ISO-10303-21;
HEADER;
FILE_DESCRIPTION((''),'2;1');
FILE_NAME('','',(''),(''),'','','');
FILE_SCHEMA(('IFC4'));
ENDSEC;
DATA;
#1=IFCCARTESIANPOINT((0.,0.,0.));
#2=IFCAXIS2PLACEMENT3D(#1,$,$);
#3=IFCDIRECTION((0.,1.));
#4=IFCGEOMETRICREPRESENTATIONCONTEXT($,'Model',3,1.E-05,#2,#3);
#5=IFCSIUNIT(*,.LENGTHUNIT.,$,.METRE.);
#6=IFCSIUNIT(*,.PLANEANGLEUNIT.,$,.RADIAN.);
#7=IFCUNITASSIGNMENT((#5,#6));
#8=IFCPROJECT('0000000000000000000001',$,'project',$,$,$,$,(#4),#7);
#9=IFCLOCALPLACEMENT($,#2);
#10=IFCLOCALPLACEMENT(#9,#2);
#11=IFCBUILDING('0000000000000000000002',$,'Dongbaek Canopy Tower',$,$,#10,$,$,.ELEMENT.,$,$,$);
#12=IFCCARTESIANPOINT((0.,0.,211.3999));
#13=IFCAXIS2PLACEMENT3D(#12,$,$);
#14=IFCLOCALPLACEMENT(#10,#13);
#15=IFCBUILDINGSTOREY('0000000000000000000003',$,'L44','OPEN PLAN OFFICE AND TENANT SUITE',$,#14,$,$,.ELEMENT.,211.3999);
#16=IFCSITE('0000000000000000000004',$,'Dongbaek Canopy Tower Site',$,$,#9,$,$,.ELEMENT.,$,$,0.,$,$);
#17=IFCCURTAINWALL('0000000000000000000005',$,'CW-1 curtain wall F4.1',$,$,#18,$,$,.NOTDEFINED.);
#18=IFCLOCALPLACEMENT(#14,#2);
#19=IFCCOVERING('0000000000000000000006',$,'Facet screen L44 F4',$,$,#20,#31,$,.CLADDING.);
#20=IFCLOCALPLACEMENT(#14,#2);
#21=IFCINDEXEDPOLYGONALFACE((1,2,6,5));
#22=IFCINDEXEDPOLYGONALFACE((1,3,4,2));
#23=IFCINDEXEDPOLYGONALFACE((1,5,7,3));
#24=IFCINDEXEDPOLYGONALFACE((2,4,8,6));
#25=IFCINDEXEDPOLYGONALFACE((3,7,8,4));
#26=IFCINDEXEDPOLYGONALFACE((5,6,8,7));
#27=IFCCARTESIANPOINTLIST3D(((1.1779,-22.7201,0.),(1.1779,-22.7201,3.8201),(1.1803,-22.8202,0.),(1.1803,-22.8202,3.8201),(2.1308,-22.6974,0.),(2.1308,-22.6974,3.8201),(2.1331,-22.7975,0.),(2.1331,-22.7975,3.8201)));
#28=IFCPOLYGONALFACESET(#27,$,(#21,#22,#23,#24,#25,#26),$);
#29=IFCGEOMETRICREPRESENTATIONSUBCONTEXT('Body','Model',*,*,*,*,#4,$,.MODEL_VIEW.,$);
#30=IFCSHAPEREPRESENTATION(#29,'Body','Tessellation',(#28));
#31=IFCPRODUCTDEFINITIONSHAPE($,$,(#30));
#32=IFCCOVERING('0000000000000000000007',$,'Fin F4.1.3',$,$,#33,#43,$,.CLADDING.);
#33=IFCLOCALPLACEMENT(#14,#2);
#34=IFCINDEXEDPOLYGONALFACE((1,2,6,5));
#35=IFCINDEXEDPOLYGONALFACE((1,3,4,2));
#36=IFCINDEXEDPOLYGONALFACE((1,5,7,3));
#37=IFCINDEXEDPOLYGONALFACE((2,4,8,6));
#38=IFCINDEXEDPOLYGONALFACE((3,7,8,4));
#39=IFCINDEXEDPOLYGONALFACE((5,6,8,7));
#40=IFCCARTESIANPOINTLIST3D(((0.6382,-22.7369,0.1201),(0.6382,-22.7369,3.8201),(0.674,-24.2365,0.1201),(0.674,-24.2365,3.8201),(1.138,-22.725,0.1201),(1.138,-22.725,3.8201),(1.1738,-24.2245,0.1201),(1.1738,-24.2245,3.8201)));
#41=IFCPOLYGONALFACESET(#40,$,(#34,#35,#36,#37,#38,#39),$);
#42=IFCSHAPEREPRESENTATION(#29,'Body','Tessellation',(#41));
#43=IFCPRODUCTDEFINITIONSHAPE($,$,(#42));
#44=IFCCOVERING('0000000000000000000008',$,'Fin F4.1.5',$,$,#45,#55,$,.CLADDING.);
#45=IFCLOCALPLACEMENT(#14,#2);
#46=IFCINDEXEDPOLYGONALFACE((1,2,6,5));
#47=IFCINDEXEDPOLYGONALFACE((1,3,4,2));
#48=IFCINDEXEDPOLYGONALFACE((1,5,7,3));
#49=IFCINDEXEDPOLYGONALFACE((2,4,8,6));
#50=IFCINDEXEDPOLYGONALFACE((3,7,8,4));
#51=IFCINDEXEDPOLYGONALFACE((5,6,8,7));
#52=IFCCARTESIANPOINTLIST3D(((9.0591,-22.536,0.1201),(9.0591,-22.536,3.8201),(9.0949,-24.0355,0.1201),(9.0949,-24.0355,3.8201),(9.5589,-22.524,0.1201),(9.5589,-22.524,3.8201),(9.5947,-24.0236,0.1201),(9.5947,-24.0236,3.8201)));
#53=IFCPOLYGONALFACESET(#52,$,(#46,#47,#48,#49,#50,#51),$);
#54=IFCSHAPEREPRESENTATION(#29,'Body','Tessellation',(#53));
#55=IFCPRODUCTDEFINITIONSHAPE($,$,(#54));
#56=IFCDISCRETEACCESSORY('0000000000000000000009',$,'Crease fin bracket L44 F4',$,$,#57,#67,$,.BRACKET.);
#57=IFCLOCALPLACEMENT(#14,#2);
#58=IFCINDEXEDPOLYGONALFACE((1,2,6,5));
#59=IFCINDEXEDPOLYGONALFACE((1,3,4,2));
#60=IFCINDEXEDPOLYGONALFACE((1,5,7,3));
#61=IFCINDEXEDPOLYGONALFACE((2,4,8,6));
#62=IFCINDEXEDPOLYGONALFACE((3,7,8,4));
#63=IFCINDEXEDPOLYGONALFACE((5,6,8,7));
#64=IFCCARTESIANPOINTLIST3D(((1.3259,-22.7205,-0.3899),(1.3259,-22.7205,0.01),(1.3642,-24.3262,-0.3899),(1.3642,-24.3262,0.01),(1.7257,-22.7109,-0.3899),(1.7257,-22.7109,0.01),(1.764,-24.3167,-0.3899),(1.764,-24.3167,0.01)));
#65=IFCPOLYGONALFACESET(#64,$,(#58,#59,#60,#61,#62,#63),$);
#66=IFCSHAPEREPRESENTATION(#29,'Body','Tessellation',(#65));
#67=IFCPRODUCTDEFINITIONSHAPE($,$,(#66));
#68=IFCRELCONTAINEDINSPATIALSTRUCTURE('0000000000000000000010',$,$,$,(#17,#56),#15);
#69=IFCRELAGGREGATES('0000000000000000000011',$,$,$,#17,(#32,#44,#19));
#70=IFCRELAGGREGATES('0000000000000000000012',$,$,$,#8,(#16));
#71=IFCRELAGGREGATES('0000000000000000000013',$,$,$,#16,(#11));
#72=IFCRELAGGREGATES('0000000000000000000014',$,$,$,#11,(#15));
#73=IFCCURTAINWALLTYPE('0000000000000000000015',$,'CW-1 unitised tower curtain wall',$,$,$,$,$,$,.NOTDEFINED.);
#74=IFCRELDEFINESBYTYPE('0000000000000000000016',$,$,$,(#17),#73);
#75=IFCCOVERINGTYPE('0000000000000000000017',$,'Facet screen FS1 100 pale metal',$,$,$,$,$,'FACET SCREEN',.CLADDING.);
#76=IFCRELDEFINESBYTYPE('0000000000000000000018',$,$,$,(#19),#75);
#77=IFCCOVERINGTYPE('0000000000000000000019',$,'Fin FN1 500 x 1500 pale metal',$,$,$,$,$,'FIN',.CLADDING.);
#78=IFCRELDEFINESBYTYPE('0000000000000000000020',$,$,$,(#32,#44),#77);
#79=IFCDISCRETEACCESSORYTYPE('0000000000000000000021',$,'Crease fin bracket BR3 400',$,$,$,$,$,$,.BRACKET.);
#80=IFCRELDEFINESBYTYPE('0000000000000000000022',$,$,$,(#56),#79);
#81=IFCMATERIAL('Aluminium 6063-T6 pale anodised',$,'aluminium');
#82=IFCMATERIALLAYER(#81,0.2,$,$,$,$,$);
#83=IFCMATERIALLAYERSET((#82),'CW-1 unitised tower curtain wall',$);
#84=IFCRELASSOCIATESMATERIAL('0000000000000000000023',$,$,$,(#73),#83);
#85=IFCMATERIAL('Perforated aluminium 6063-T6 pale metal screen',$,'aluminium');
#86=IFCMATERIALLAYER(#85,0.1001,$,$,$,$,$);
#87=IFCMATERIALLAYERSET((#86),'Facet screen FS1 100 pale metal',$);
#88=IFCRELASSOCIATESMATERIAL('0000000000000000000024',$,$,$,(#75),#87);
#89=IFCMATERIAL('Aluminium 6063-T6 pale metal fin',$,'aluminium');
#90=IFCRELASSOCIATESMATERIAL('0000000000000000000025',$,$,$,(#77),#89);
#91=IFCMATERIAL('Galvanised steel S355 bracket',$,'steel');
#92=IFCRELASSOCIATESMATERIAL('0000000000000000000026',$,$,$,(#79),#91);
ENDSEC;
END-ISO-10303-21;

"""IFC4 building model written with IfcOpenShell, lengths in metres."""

from ifc_helpers import new_model, si_unit, direction, frame, origin, origin_2d, place, context, subcontext, project, spatial, rectangle, extrude, material, layer, layer_set, material_profile, profile_set, type_object, element, aggregate, save


model = new_model("IFC4")

# Units and contexts
model_context = context("Model", 3, precision=1e-05, world=origin(), true_north=direction((0.0, 1.0)))
body_context = subcontext(model_context, "Body", "Model", "MODEL_VIEW")
ifc_project = project(units=[si_unit("LENGTHUNIT", "METRE"), si_unit("PLANEANGLEUNIT", "RADIAN")], contexts=[model_context])

# Site, building, storey
site_placement = place(None, origin())
site = spatial("IfcSite", under=ifc_project, at=site_placement, Name="Dongbaek Canopy Tower Site", CompositionType="ELEMENT", RefElevation=0.0)
building_placement = place(site_placement, origin())
building = spatial("IfcBuilding", under=site, at=building_placement, Name="Dongbaek Canopy Tower", CompositionType="ELEMENT")
storey_placement = place(building_placement, frame((0.0, 0.0, 211.3999)))
storey = spatial("IfcBuildingStorey", under=building, at=storey_placement, Name="L44", Description="OPEN PLAN OFFICE AND TENANT SUITE", CompositionType="ELEMENT", Elevation=211.3999)

# Curtain wall
ifc_material_1 = material(Name="Aluminium 6063-T6 pale anodised", Category="aluminium")
ifc_layer_1 = layer(ifc_material_1, 0.2)
ifc_layer_set_1 = layer_set([ifc_layer_1], Name="CW-1 unitised tower curtain wall")
curtain_wall_type = type_object("IfcCurtainWallType", Name="CW-1 unitised tower curtain wall", PredefinedType="NOTDEFINED", material=ifc_layer_set_1)
curtain_wall_1_placement = place(storey_placement, origin())
curtain_wall_1 = element("IfcCurtainWall", 1, at=curtain_wall_1_placement, inside=storey, type_object=curtain_wall_type, Name="CW-1 curtain wall F4.1", PredefinedType="NOTDEFINED")

# Coverings
ifc_material_2 = material(Name="Perforated aluminium 6063-T6 pale metal screen", Category="aluminium")
ifc_layer_2 = layer(ifc_material_2, 0.1001)
ifc_layer_set_2 = layer_set([ifc_layer_2], Name="Facet screen FS1 100 pale metal")
covering_type_1 = type_object("IfcCoveringType", Name="Facet screen FS1 100 pale metal", ElementType="FACET SCREEN", PredefinedType="CLADDING", material=ifc_layer_set_2)
covering_1_placement = place(storey_placement, frame((1.6555, -22.7588, 0.0), z_axis=(0.0, 0.0, 1.0), x_axis=(0.999716, 0.023849, 0.0)))
covering_1 = element("IfcCovering", 2, at=covering_1_placement, type_object=covering_type_1, Name="Facet screen L44 F4", PredefinedType="CLADDING", context=body_context, shape_type="SweptSolid", body=[
    extrude(rectangle(XDim=0.9531, YDim=0.1001, at=origin_2d()), origin(), (0.0, 0.0, 1.0), 3.8201),
])
ifc_material_3 = material(Name="Aluminium 6063-T6 pale metal fin", Category="aluminium")
ifc_material_profile_1 = material_profile(ifc_material_3, rectangle(XDim=1.5, YDim=0.5, at=origin_2d()), Name="Fin FN1 500 x 1500 pale metal")
ifc_profile_set_1 = profile_set([ifc_material_profile_1], Name="Aluminium 6063-T6 pale metal fin")
covering_type_2 = type_object("IfcCoveringType", Name="Fin FN1 500 x 1500 pale metal", ElementType="FIN", PredefinedType="CLADDING", material=ifc_profile_set_1)
covering_2_placement = place(storey_placement, frame((0.906, -23.4807, 0.1201), z_axis=(0.0, 0.0, 1.0), x_axis=(0.023849, -0.999716, 0.0)))
covering_2 = element("IfcCovering", 3, at=covering_2_placement, type_object=covering_type_2, Name="Fin F4.1.3", PredefinedType="CLADDING", context=body_context, shape_type="SweptSolid", body=[
    extrude(rectangle(XDim=1.5, YDim=0.5, at=origin_2d()), origin(), (0.0, 0.0, 1.0), 3.7),
])
covering_3_placement = place(storey_placement, frame((9.3269, -23.2798, 0.1201), z_axis=(0.0, 0.0, 1.0), x_axis=(0.023849, -0.999716, 0.0)))
covering_3 = element("IfcCovering", 4, at=covering_3_placement, type_object=covering_type_2, Name="Fin F4.1.5", PredefinedType="CLADDING", context=body_context, shape_type="SweptSolid", body=[
    extrude(rectangle(XDim=1.5, YDim=0.5, at=origin_2d()), origin(), (0.0, 0.0, 1.0), 3.7),
])
aggregate(curtain_wall_1, [covering_2, covering_3, covering_1])

# Discrete accessory
ifc_material_4 = material(Name="Galvanised steel S355 bracket", Category="steel")
discrete_accessory_type = type_object("IfcDiscreteAccessoryType", Name="Crease fin bracket BR3 400", PredefinedType="BRACKET", material=ifc_material_4)
discrete_accessory_placement = place(storey_placement, frame((1.5449, -23.5186, -0.3899), z_axis=(0.0, 0.0, 1.0), x_axis=(0.023849, -0.999716, 0.0)))
element("IfcDiscreteAccessory", 5, at=discrete_accessory_placement, inside=storey, type_object=discrete_accessory_type, Name="Crease fin bracket L44 F4", PredefinedType="BRACKET", context=body_context, shape_type="SweptSolid", body=[
    extrude(rectangle(XDim=1.6062, YDim=0.3999, at=origin_2d()), origin(), (0.0, 0.0, 1.0), 0.3999),
])

save(model, "model.ifc")
